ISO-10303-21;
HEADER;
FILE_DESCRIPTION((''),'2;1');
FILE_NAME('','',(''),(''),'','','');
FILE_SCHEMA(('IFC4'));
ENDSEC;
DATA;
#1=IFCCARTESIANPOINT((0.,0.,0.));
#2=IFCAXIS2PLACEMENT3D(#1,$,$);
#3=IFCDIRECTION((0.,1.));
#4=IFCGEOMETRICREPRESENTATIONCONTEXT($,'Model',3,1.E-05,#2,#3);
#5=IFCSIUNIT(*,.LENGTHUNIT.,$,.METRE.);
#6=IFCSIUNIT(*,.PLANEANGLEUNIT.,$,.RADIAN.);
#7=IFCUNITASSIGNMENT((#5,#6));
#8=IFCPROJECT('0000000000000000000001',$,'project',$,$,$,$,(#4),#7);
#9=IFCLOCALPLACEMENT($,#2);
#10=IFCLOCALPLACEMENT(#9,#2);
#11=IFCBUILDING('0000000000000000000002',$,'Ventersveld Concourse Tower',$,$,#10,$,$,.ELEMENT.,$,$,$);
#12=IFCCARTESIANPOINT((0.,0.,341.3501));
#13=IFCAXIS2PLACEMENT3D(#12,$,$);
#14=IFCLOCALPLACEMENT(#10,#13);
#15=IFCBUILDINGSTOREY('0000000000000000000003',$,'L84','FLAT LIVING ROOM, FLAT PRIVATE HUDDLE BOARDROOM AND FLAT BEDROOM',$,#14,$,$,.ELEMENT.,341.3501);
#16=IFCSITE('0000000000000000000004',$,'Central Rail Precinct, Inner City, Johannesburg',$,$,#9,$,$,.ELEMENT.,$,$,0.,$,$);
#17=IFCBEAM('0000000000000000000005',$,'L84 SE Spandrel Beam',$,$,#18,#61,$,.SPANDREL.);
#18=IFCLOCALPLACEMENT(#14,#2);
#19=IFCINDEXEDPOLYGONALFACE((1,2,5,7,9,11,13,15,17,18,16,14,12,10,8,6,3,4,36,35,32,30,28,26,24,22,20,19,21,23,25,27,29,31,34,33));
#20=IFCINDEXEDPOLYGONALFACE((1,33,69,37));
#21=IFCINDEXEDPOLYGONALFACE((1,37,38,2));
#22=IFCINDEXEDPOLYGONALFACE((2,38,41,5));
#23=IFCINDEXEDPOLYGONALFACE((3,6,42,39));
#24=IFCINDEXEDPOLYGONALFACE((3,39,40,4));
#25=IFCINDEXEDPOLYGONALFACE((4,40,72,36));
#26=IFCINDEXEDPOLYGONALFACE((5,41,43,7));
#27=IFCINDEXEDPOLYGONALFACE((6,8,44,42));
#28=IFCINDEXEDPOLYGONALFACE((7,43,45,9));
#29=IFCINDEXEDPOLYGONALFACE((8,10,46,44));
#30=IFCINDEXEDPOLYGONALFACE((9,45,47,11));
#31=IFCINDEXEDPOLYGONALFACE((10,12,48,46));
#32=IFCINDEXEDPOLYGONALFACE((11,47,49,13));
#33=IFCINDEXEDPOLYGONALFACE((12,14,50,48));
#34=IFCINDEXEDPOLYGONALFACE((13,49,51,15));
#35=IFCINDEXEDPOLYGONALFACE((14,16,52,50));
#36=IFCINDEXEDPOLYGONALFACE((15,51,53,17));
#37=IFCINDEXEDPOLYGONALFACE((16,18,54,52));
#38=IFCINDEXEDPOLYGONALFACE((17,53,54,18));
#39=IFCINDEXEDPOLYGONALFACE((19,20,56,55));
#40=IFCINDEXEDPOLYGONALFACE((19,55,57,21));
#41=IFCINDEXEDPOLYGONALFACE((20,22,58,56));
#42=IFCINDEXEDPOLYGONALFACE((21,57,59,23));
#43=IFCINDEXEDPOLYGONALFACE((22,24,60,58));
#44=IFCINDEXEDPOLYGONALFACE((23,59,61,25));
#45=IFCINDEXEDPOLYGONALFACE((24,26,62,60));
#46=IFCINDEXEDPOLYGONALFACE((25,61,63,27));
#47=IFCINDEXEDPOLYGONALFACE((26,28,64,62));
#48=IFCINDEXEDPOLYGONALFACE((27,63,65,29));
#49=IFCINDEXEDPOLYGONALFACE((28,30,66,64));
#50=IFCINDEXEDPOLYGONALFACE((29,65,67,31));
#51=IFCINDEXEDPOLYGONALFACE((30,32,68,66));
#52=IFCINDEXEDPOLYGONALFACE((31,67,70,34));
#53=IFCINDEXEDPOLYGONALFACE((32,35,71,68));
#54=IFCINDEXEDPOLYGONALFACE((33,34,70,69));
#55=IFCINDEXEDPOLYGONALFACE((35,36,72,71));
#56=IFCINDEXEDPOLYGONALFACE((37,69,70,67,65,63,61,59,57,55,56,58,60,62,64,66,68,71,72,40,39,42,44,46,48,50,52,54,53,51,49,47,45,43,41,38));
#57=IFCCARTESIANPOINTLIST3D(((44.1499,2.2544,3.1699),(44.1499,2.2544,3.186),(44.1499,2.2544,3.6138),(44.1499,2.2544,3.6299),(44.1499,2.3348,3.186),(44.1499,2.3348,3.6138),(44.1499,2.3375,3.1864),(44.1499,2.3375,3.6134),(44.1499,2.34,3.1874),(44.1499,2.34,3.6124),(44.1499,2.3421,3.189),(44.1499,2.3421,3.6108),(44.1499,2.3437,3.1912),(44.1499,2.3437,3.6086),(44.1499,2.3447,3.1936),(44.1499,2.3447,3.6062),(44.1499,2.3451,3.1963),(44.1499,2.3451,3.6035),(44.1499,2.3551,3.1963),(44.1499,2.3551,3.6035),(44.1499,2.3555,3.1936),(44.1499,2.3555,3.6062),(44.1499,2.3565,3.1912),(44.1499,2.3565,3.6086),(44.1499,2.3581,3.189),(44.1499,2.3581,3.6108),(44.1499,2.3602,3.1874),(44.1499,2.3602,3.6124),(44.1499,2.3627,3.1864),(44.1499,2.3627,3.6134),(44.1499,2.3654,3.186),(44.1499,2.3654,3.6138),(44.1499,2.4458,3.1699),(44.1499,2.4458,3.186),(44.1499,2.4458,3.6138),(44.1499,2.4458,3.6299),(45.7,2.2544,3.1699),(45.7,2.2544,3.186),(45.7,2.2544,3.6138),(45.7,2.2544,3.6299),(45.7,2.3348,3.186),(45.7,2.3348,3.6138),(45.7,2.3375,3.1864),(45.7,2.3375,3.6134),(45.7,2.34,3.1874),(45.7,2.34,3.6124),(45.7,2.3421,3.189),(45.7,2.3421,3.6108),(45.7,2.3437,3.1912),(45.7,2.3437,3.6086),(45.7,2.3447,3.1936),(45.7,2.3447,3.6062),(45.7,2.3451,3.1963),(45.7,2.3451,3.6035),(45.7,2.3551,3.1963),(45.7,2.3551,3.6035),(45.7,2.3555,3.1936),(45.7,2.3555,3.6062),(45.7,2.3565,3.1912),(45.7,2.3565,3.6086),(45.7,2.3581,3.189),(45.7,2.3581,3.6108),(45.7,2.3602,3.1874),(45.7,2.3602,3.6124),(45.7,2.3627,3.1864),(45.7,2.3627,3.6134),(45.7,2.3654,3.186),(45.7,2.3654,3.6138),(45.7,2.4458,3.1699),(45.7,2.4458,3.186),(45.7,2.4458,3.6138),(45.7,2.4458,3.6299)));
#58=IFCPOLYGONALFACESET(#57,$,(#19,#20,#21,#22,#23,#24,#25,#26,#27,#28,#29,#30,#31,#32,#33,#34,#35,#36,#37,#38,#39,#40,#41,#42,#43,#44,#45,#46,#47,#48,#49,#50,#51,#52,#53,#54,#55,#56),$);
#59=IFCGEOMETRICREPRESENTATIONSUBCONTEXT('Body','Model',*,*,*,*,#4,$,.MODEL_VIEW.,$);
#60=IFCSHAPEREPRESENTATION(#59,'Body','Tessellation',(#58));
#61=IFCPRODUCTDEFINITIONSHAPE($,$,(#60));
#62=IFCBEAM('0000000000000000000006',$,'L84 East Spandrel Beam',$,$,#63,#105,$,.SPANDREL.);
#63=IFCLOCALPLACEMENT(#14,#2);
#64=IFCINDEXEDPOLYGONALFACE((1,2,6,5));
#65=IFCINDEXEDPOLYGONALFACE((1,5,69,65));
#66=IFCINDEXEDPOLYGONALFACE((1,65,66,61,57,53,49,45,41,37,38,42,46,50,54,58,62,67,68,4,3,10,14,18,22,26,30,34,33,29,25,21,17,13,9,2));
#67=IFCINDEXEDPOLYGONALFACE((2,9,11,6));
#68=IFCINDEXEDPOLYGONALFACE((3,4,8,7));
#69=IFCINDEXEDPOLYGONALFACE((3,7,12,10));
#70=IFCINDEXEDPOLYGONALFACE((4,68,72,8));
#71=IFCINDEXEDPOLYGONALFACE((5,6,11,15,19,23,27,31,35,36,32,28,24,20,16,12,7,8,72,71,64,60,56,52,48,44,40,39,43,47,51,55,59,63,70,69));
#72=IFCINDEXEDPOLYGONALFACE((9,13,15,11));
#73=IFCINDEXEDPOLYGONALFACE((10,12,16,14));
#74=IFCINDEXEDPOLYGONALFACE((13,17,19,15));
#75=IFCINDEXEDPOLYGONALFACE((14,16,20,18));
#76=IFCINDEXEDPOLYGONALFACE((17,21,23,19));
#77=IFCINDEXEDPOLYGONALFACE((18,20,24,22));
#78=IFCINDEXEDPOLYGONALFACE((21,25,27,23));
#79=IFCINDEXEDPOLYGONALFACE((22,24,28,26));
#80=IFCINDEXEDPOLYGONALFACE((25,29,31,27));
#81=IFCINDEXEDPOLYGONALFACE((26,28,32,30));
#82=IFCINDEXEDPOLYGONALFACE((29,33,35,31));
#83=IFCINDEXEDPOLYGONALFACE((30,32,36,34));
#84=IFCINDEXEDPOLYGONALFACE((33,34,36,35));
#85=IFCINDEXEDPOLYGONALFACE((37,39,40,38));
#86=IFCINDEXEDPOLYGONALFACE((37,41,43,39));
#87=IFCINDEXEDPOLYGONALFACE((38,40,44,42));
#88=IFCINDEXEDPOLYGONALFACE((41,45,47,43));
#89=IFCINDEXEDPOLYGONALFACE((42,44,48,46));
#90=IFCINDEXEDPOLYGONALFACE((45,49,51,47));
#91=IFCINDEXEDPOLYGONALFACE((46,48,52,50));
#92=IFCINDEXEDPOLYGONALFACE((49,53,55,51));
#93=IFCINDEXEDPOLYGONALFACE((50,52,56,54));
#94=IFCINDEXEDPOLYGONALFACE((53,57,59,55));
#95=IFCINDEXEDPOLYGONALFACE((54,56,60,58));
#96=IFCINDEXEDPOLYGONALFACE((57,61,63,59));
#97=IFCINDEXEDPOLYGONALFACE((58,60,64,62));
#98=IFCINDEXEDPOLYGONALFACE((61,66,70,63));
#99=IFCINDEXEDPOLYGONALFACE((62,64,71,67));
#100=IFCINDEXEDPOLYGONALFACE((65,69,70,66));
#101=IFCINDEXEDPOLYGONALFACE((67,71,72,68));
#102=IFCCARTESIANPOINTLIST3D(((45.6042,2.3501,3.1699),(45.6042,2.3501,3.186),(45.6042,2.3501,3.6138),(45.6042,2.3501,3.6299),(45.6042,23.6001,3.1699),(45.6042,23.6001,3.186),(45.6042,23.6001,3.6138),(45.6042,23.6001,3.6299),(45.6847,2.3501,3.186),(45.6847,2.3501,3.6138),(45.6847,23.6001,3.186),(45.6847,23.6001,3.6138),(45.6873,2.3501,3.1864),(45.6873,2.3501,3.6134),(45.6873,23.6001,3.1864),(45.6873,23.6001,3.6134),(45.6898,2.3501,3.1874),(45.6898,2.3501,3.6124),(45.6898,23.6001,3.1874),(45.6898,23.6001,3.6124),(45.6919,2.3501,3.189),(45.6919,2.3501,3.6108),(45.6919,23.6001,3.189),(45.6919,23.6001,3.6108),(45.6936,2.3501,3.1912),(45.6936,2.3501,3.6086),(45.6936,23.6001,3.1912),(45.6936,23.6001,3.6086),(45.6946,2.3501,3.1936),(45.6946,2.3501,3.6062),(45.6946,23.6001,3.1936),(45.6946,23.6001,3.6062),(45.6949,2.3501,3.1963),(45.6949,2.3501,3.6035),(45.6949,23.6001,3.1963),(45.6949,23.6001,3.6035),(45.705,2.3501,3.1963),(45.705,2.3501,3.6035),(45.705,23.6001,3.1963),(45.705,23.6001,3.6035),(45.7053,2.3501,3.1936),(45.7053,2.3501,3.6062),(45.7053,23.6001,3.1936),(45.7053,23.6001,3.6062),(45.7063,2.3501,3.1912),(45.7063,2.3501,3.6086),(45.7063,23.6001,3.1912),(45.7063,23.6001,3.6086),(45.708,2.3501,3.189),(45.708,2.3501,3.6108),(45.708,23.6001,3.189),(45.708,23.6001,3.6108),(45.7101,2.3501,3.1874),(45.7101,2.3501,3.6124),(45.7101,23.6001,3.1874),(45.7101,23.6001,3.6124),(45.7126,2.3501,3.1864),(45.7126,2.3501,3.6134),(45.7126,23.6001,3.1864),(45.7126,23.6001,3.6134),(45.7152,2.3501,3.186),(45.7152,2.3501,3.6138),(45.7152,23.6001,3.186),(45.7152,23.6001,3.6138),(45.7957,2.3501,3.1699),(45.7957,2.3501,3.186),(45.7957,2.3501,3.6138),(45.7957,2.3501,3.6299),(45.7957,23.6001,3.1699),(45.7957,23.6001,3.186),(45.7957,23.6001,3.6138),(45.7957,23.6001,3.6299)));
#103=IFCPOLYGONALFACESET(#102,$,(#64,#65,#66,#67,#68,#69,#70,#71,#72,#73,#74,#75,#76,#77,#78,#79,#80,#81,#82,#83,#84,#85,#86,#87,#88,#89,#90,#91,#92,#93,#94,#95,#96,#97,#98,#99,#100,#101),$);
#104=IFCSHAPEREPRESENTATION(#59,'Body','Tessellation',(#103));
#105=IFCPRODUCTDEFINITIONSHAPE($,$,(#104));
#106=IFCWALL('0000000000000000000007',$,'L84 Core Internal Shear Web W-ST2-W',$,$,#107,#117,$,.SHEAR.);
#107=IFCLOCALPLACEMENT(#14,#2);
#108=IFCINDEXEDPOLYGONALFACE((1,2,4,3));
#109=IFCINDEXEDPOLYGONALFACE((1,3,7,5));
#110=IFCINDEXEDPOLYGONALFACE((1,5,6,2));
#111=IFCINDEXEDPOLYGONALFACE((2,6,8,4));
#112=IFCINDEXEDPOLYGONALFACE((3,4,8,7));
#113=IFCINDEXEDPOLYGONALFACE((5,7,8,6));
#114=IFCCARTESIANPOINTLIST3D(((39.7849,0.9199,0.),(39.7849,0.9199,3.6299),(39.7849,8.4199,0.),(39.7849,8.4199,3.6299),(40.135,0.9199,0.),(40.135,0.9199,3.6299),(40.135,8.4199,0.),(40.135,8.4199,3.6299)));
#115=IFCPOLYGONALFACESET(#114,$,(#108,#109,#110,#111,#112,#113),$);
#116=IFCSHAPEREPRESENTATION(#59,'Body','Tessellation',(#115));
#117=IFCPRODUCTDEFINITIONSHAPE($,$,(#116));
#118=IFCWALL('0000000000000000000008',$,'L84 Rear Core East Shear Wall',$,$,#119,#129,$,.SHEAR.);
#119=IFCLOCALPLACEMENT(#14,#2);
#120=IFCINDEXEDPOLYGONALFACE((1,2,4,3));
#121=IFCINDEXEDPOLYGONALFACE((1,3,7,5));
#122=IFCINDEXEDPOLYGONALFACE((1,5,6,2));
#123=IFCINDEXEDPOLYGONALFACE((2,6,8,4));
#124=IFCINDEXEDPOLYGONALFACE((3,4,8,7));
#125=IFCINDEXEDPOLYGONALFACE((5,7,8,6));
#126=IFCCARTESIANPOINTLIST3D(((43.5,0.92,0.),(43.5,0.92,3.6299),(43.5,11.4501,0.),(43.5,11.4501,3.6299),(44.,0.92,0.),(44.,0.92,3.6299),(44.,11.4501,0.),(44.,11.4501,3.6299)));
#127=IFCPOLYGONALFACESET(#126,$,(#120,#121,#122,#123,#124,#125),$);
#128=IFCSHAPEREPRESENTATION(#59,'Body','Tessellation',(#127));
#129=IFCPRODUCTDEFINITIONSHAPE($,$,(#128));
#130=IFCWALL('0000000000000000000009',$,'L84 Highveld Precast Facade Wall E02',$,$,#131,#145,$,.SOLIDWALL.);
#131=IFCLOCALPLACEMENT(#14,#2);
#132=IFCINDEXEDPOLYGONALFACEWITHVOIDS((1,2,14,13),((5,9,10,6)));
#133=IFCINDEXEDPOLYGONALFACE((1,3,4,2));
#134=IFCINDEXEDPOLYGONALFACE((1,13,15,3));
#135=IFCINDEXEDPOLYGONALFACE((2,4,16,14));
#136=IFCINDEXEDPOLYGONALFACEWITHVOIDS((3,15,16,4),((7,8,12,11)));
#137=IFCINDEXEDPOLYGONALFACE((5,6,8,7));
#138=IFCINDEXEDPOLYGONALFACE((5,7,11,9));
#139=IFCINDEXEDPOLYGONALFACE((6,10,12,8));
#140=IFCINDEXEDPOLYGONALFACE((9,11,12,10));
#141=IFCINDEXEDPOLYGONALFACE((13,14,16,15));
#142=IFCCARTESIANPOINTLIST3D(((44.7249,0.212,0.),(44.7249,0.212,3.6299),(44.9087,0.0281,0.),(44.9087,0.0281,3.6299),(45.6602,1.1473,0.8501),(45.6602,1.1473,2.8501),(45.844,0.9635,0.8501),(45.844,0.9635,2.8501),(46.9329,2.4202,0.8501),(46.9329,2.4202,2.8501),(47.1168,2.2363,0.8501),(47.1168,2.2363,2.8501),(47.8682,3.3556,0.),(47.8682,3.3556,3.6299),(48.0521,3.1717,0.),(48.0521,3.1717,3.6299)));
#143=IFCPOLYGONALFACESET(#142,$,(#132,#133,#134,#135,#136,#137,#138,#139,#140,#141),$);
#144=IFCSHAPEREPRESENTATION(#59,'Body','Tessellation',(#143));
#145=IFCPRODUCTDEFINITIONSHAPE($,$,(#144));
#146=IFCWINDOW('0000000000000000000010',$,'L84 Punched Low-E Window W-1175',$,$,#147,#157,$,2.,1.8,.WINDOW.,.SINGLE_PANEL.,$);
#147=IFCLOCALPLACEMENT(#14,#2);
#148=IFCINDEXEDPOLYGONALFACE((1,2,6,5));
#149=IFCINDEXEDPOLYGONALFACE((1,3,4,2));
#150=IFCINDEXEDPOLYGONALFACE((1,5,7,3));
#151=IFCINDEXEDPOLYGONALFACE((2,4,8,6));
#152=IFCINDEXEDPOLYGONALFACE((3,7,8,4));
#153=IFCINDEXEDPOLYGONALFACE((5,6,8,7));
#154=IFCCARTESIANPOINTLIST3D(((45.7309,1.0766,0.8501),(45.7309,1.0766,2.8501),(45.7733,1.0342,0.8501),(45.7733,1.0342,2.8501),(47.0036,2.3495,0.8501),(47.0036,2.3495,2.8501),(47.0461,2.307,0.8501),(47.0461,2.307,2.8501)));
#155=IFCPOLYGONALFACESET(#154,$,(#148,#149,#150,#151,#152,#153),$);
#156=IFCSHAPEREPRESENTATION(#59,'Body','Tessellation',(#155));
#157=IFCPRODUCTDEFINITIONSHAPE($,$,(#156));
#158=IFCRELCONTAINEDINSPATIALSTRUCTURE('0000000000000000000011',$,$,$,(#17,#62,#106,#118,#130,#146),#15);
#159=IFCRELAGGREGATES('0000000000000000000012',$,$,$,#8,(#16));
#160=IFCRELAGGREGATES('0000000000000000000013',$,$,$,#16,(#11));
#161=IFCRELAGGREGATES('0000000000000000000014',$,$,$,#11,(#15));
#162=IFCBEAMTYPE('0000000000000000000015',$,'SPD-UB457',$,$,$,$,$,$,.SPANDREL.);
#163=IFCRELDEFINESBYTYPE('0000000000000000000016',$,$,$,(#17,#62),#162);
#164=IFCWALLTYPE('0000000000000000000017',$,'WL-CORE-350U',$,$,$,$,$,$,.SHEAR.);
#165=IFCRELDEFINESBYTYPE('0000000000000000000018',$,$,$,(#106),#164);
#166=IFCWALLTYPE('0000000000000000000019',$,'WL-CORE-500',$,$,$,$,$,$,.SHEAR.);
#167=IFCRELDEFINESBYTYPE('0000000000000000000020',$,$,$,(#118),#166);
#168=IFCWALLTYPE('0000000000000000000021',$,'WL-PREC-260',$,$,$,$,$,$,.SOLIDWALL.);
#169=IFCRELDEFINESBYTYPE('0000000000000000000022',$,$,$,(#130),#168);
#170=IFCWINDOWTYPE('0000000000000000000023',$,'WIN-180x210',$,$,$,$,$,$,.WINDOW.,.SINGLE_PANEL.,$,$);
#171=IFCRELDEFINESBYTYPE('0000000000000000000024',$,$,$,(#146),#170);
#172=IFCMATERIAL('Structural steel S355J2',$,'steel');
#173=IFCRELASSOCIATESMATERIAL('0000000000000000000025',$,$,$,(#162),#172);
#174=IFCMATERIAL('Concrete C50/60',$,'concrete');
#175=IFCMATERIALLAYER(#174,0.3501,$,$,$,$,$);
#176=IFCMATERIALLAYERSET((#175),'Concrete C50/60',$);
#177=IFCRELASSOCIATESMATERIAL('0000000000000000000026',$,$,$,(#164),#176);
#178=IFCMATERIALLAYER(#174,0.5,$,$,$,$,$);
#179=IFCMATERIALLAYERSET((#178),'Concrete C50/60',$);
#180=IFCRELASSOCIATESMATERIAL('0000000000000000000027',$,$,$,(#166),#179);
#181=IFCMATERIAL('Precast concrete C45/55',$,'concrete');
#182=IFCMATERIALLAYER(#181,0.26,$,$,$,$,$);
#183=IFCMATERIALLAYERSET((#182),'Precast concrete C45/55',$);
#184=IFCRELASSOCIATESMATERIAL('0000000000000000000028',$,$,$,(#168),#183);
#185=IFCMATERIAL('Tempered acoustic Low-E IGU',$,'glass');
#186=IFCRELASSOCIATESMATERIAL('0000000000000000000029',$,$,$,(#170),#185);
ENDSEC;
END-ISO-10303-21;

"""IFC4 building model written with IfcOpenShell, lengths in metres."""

from ifc_helpers import new_model, si_unit, direction, frame, frame_2d, origin, origin_2d, place, context, subcontext, project, spatial, rectangle, i_section, extrude, material, layer, layer_set, material_profile, profile_set, type_object, element, fill, save


model = new_model("IFC4")

# Units and contexts
model_context = context("Model", 3, precision=1e-05, world=origin(), true_north=direction((0.0, 1.0)))
body_context = subcontext(model_context, "Body", "Model", "MODEL_VIEW")
ifc_project = project(units=[si_unit("LENGTHUNIT", "METRE"), si_unit("PLANEANGLEUNIT", "RADIAN")], contexts=[model_context])

# Site, building, storey
site_placement = place(None, origin())
site = spatial("IfcSite", under=ifc_project, at=site_placement, Name="Central Rail Precinct, Inner City, Johannesburg", CompositionType="ELEMENT", RefElevation=0.0)
building_placement = place(site_placement, origin())
building = spatial("IfcBuilding", under=site, at=building_placement, Name="Ventersveld Concourse Tower", CompositionType="ELEMENT")
storey_placement = place(building_placement, frame((0.0, 0.0, 341.3501)))
storey = spatial("IfcBuildingStorey", under=building, at=storey_placement, Name="L84", Description="FLAT LIVING ROOM, FLAT PRIVATE HUDDLE BOARDROOM AND FLAT BEDROOM", CompositionType="ELEMENT", Elevation=341.3501)

# Shared definitions
ifc_material_1 = material(Name="Concrete C50/60", Category="concrete")

# Shared definitions
ifc_material_2 = material(Name="Structural steel S355J2", Category="steel")

# Beams
ifc_material_profile_1 = material_profile(ifc_material_2, i_section(OverallWidth=0.1914, OverallDepth=0.46, WebThickness=0.01, FlangeThickness=0.0161, FilletRadius=0.0103, at=origin_2d()), Name="UB 457x191x82")
ifc_profile_set_1 = profile_set([ifc_material_profile_1], Name="Structural steel S355J2")
beam_type_1 = type_object("IfcBeamType", Name="SPD-UB457", PredefinedType="SPANDREL", material=ifc_profile_set_1)
beam_1_placement = place(storey_placement, frame((44.1499, 2.3501, 3.3999), z_axis=(1.0, 0.0, 0.0), x_axis=(0.0, 1.0, 0.0)))
element("IfcBeam", 1, at=beam_1_placement, inside=storey, type_object=beam_type_1, Name="L84 SE Spandrel Beam", PredefinedType="SPANDREL", context=body_context, shape_type="SweptSolid", body=[
    extrude(i_section(OverallWidth=0.1914, OverallDepth=0.46, WebThickness=0.01, FlangeThickness=0.0161, FilletRadius=0.0103, at=origin_2d()), origin(), (0.0, 0.0, 1.0), 1.55),
])
beam_2_placement = place(storey_placement, frame((45.7, 2.3501, 3.3999), z_axis=(0.0, 1.0, 0.0), x_axis=(-1.0, 0.0, 0.0)))
element("IfcBeam", 2, at=beam_2_placement, inside=storey, type_object=beam_type_1, Name="L84 East Spandrel Beam", PredefinedType="SPANDREL", context=body_context, shape_type="SweptSolid", body=[
    extrude(i_section(OverallWidth=0.1914, OverallDepth=0.46, WebThickness=0.01, FlangeThickness=0.0161, FilletRadius=0.0103, at=origin_2d()), origin(), (0.0, 0.0, 1.0), 21.25),
])

# Walls
ifc_layer_1 = layer(ifc_material_1, 0.3501)
ifc_layer_set_1 = layer_set([ifc_layer_1], Name="Concrete C50/60")
wall_type_1 = type_object("IfcWallType", Name="WL-CORE-350U", PredefinedType="SHEAR", material=ifc_layer_set_1)
wall_1_placement = place(storey_placement, frame((39.96, 0.9199, 0.0), z_axis=(0.0, 0.0, 1.0), x_axis=(0.0, 1.0, 0.0)))
element("IfcWall", 3, at=wall_1_placement, inside=storey, type_object=wall_type_1, Name="L84 Core Internal Shear Web W-ST2-W", PredefinedType="SHEAR", context=body_context, shape_type="SweptSolid", body=[
    extrude(rectangle(XDim=7.5, YDim=0.3501, at=frame_2d((3.75, 0.0))), origin(), (0.0, 0.0, 1.0), 3.6299),
])
ifc_layer_2 = layer(ifc_material_1, 0.5)
ifc_layer_set_2 = layer_set([ifc_layer_2], Name="Concrete C50/60")
wall_type_2 = type_object("IfcWallType", Name="WL-CORE-500", PredefinedType="SHEAR", material=ifc_layer_set_2)
wall_2_placement = place(storey_placement, frame((43.75, 0.9199, 0.0), z_axis=(0.0, 0.0, 1.0), x_axis=(0.0, 1.0, 0.0)))
element("IfcWall", 4, at=wall_2_placement, inside=storey, type_object=wall_type_2, Name="L84 Rear Core East Shear Wall", PredefinedType="SHEAR", context=body_context, shape_type="SweptSolid", body=[
    extrude(rectangle(XDim=10.53, YDim=0.5, at=frame_2d((5.2651, 0.0))), origin(), (0.0, 0.0, 1.0), 3.6299),
])

# Wall, opening, window
ifc_material_3 = material(Name="Precast concrete C45/55", Category="concrete")
ifc_layer_3 = layer(ifc_material_3, 0.26)
ifc_layer_set_3 = layer_set([ifc_layer_3], Name="Precast concrete C45/55")
wall_type_3 = type_object("IfcWallType", Name="WL-PREC-260", PredefinedType="SOLIDWALL", material=ifc_layer_set_3)
wall_3_placement = place(storey_placement, frame((44.8169, 0.1201, 0.0), z_axis=(0.0, 0.0, 1.0), x_axis=(0.707079, 0.707134, 0.0)))
wall_3 = element("IfcWall", 5, at=wall_3_placement, inside=storey, type_object=wall_type_3, Name="L84 Highveld Precast Facade Wall E02", PredefinedType="SOLIDWALL", context=body_context, shape_type="SweptSolid", body=[
    extrude(rectangle(XDim=4.4456, YDim=0.26, at=frame_2d((2.2227, 0.0))), origin(), (0.0, 0.0, 1.0), 3.6299),
])
opening_1_placement = place(wall_3_placement, frame((1.3228, 0.0, 0.8501)))
opening_1 = element("IfcOpeningElement", 6, at=opening_1_placement, cuts=wall_3, PredefinedType="OPENING", context=body_context, shape_type="SweptSolid", body=[
    extrude(rectangle(XDim=1.8, YDim=2.0, at=frame_2d((0.8999, 1.0))), frame((0.0, 0.1401, 0.0), z_axis=(0.0, -1.0, 0.0), x_axis=(1.0, 0.0, 0.0)), (0.0, 0.0, 1.0), 0.28),
])
ifc_material_4 = material(Name="Tempered acoustic Low-E IGU", Category="glass")
window_type_1 = type_object("IfcWindowType", Name="WIN-180x210", PartitioningType="SINGLE_PANEL", PredefinedType="WINDOW", material=ifc_material_4)
window_1_placement = place(opening_1_placement, origin())
window_1 = element("IfcWindow", 7, at=window_1_placement, inside=storey, type_object=window_type_1, Name="L84 Punched Low-E Window W-1175", OverallHeight=2.0, OverallWidth=1.8, PartitioningType="SINGLE_PANEL", PredefinedType="WINDOW", context=body_context, shape_type="SweptSolid", body=[
    extrude(rectangle(XDim=1.8, YDim=2.0, at=frame_2d((0.8999, 1.0))), frame((0.0, 0.03, 0.0), z_axis=(0.0, -1.0, 0.0), x_axis=(1.0, 0.0, 0.0)), (0.0, 0.0, 1.0), 0.0601),
])
fill(opening_1, window_1)

save(model, "model.ifc")
